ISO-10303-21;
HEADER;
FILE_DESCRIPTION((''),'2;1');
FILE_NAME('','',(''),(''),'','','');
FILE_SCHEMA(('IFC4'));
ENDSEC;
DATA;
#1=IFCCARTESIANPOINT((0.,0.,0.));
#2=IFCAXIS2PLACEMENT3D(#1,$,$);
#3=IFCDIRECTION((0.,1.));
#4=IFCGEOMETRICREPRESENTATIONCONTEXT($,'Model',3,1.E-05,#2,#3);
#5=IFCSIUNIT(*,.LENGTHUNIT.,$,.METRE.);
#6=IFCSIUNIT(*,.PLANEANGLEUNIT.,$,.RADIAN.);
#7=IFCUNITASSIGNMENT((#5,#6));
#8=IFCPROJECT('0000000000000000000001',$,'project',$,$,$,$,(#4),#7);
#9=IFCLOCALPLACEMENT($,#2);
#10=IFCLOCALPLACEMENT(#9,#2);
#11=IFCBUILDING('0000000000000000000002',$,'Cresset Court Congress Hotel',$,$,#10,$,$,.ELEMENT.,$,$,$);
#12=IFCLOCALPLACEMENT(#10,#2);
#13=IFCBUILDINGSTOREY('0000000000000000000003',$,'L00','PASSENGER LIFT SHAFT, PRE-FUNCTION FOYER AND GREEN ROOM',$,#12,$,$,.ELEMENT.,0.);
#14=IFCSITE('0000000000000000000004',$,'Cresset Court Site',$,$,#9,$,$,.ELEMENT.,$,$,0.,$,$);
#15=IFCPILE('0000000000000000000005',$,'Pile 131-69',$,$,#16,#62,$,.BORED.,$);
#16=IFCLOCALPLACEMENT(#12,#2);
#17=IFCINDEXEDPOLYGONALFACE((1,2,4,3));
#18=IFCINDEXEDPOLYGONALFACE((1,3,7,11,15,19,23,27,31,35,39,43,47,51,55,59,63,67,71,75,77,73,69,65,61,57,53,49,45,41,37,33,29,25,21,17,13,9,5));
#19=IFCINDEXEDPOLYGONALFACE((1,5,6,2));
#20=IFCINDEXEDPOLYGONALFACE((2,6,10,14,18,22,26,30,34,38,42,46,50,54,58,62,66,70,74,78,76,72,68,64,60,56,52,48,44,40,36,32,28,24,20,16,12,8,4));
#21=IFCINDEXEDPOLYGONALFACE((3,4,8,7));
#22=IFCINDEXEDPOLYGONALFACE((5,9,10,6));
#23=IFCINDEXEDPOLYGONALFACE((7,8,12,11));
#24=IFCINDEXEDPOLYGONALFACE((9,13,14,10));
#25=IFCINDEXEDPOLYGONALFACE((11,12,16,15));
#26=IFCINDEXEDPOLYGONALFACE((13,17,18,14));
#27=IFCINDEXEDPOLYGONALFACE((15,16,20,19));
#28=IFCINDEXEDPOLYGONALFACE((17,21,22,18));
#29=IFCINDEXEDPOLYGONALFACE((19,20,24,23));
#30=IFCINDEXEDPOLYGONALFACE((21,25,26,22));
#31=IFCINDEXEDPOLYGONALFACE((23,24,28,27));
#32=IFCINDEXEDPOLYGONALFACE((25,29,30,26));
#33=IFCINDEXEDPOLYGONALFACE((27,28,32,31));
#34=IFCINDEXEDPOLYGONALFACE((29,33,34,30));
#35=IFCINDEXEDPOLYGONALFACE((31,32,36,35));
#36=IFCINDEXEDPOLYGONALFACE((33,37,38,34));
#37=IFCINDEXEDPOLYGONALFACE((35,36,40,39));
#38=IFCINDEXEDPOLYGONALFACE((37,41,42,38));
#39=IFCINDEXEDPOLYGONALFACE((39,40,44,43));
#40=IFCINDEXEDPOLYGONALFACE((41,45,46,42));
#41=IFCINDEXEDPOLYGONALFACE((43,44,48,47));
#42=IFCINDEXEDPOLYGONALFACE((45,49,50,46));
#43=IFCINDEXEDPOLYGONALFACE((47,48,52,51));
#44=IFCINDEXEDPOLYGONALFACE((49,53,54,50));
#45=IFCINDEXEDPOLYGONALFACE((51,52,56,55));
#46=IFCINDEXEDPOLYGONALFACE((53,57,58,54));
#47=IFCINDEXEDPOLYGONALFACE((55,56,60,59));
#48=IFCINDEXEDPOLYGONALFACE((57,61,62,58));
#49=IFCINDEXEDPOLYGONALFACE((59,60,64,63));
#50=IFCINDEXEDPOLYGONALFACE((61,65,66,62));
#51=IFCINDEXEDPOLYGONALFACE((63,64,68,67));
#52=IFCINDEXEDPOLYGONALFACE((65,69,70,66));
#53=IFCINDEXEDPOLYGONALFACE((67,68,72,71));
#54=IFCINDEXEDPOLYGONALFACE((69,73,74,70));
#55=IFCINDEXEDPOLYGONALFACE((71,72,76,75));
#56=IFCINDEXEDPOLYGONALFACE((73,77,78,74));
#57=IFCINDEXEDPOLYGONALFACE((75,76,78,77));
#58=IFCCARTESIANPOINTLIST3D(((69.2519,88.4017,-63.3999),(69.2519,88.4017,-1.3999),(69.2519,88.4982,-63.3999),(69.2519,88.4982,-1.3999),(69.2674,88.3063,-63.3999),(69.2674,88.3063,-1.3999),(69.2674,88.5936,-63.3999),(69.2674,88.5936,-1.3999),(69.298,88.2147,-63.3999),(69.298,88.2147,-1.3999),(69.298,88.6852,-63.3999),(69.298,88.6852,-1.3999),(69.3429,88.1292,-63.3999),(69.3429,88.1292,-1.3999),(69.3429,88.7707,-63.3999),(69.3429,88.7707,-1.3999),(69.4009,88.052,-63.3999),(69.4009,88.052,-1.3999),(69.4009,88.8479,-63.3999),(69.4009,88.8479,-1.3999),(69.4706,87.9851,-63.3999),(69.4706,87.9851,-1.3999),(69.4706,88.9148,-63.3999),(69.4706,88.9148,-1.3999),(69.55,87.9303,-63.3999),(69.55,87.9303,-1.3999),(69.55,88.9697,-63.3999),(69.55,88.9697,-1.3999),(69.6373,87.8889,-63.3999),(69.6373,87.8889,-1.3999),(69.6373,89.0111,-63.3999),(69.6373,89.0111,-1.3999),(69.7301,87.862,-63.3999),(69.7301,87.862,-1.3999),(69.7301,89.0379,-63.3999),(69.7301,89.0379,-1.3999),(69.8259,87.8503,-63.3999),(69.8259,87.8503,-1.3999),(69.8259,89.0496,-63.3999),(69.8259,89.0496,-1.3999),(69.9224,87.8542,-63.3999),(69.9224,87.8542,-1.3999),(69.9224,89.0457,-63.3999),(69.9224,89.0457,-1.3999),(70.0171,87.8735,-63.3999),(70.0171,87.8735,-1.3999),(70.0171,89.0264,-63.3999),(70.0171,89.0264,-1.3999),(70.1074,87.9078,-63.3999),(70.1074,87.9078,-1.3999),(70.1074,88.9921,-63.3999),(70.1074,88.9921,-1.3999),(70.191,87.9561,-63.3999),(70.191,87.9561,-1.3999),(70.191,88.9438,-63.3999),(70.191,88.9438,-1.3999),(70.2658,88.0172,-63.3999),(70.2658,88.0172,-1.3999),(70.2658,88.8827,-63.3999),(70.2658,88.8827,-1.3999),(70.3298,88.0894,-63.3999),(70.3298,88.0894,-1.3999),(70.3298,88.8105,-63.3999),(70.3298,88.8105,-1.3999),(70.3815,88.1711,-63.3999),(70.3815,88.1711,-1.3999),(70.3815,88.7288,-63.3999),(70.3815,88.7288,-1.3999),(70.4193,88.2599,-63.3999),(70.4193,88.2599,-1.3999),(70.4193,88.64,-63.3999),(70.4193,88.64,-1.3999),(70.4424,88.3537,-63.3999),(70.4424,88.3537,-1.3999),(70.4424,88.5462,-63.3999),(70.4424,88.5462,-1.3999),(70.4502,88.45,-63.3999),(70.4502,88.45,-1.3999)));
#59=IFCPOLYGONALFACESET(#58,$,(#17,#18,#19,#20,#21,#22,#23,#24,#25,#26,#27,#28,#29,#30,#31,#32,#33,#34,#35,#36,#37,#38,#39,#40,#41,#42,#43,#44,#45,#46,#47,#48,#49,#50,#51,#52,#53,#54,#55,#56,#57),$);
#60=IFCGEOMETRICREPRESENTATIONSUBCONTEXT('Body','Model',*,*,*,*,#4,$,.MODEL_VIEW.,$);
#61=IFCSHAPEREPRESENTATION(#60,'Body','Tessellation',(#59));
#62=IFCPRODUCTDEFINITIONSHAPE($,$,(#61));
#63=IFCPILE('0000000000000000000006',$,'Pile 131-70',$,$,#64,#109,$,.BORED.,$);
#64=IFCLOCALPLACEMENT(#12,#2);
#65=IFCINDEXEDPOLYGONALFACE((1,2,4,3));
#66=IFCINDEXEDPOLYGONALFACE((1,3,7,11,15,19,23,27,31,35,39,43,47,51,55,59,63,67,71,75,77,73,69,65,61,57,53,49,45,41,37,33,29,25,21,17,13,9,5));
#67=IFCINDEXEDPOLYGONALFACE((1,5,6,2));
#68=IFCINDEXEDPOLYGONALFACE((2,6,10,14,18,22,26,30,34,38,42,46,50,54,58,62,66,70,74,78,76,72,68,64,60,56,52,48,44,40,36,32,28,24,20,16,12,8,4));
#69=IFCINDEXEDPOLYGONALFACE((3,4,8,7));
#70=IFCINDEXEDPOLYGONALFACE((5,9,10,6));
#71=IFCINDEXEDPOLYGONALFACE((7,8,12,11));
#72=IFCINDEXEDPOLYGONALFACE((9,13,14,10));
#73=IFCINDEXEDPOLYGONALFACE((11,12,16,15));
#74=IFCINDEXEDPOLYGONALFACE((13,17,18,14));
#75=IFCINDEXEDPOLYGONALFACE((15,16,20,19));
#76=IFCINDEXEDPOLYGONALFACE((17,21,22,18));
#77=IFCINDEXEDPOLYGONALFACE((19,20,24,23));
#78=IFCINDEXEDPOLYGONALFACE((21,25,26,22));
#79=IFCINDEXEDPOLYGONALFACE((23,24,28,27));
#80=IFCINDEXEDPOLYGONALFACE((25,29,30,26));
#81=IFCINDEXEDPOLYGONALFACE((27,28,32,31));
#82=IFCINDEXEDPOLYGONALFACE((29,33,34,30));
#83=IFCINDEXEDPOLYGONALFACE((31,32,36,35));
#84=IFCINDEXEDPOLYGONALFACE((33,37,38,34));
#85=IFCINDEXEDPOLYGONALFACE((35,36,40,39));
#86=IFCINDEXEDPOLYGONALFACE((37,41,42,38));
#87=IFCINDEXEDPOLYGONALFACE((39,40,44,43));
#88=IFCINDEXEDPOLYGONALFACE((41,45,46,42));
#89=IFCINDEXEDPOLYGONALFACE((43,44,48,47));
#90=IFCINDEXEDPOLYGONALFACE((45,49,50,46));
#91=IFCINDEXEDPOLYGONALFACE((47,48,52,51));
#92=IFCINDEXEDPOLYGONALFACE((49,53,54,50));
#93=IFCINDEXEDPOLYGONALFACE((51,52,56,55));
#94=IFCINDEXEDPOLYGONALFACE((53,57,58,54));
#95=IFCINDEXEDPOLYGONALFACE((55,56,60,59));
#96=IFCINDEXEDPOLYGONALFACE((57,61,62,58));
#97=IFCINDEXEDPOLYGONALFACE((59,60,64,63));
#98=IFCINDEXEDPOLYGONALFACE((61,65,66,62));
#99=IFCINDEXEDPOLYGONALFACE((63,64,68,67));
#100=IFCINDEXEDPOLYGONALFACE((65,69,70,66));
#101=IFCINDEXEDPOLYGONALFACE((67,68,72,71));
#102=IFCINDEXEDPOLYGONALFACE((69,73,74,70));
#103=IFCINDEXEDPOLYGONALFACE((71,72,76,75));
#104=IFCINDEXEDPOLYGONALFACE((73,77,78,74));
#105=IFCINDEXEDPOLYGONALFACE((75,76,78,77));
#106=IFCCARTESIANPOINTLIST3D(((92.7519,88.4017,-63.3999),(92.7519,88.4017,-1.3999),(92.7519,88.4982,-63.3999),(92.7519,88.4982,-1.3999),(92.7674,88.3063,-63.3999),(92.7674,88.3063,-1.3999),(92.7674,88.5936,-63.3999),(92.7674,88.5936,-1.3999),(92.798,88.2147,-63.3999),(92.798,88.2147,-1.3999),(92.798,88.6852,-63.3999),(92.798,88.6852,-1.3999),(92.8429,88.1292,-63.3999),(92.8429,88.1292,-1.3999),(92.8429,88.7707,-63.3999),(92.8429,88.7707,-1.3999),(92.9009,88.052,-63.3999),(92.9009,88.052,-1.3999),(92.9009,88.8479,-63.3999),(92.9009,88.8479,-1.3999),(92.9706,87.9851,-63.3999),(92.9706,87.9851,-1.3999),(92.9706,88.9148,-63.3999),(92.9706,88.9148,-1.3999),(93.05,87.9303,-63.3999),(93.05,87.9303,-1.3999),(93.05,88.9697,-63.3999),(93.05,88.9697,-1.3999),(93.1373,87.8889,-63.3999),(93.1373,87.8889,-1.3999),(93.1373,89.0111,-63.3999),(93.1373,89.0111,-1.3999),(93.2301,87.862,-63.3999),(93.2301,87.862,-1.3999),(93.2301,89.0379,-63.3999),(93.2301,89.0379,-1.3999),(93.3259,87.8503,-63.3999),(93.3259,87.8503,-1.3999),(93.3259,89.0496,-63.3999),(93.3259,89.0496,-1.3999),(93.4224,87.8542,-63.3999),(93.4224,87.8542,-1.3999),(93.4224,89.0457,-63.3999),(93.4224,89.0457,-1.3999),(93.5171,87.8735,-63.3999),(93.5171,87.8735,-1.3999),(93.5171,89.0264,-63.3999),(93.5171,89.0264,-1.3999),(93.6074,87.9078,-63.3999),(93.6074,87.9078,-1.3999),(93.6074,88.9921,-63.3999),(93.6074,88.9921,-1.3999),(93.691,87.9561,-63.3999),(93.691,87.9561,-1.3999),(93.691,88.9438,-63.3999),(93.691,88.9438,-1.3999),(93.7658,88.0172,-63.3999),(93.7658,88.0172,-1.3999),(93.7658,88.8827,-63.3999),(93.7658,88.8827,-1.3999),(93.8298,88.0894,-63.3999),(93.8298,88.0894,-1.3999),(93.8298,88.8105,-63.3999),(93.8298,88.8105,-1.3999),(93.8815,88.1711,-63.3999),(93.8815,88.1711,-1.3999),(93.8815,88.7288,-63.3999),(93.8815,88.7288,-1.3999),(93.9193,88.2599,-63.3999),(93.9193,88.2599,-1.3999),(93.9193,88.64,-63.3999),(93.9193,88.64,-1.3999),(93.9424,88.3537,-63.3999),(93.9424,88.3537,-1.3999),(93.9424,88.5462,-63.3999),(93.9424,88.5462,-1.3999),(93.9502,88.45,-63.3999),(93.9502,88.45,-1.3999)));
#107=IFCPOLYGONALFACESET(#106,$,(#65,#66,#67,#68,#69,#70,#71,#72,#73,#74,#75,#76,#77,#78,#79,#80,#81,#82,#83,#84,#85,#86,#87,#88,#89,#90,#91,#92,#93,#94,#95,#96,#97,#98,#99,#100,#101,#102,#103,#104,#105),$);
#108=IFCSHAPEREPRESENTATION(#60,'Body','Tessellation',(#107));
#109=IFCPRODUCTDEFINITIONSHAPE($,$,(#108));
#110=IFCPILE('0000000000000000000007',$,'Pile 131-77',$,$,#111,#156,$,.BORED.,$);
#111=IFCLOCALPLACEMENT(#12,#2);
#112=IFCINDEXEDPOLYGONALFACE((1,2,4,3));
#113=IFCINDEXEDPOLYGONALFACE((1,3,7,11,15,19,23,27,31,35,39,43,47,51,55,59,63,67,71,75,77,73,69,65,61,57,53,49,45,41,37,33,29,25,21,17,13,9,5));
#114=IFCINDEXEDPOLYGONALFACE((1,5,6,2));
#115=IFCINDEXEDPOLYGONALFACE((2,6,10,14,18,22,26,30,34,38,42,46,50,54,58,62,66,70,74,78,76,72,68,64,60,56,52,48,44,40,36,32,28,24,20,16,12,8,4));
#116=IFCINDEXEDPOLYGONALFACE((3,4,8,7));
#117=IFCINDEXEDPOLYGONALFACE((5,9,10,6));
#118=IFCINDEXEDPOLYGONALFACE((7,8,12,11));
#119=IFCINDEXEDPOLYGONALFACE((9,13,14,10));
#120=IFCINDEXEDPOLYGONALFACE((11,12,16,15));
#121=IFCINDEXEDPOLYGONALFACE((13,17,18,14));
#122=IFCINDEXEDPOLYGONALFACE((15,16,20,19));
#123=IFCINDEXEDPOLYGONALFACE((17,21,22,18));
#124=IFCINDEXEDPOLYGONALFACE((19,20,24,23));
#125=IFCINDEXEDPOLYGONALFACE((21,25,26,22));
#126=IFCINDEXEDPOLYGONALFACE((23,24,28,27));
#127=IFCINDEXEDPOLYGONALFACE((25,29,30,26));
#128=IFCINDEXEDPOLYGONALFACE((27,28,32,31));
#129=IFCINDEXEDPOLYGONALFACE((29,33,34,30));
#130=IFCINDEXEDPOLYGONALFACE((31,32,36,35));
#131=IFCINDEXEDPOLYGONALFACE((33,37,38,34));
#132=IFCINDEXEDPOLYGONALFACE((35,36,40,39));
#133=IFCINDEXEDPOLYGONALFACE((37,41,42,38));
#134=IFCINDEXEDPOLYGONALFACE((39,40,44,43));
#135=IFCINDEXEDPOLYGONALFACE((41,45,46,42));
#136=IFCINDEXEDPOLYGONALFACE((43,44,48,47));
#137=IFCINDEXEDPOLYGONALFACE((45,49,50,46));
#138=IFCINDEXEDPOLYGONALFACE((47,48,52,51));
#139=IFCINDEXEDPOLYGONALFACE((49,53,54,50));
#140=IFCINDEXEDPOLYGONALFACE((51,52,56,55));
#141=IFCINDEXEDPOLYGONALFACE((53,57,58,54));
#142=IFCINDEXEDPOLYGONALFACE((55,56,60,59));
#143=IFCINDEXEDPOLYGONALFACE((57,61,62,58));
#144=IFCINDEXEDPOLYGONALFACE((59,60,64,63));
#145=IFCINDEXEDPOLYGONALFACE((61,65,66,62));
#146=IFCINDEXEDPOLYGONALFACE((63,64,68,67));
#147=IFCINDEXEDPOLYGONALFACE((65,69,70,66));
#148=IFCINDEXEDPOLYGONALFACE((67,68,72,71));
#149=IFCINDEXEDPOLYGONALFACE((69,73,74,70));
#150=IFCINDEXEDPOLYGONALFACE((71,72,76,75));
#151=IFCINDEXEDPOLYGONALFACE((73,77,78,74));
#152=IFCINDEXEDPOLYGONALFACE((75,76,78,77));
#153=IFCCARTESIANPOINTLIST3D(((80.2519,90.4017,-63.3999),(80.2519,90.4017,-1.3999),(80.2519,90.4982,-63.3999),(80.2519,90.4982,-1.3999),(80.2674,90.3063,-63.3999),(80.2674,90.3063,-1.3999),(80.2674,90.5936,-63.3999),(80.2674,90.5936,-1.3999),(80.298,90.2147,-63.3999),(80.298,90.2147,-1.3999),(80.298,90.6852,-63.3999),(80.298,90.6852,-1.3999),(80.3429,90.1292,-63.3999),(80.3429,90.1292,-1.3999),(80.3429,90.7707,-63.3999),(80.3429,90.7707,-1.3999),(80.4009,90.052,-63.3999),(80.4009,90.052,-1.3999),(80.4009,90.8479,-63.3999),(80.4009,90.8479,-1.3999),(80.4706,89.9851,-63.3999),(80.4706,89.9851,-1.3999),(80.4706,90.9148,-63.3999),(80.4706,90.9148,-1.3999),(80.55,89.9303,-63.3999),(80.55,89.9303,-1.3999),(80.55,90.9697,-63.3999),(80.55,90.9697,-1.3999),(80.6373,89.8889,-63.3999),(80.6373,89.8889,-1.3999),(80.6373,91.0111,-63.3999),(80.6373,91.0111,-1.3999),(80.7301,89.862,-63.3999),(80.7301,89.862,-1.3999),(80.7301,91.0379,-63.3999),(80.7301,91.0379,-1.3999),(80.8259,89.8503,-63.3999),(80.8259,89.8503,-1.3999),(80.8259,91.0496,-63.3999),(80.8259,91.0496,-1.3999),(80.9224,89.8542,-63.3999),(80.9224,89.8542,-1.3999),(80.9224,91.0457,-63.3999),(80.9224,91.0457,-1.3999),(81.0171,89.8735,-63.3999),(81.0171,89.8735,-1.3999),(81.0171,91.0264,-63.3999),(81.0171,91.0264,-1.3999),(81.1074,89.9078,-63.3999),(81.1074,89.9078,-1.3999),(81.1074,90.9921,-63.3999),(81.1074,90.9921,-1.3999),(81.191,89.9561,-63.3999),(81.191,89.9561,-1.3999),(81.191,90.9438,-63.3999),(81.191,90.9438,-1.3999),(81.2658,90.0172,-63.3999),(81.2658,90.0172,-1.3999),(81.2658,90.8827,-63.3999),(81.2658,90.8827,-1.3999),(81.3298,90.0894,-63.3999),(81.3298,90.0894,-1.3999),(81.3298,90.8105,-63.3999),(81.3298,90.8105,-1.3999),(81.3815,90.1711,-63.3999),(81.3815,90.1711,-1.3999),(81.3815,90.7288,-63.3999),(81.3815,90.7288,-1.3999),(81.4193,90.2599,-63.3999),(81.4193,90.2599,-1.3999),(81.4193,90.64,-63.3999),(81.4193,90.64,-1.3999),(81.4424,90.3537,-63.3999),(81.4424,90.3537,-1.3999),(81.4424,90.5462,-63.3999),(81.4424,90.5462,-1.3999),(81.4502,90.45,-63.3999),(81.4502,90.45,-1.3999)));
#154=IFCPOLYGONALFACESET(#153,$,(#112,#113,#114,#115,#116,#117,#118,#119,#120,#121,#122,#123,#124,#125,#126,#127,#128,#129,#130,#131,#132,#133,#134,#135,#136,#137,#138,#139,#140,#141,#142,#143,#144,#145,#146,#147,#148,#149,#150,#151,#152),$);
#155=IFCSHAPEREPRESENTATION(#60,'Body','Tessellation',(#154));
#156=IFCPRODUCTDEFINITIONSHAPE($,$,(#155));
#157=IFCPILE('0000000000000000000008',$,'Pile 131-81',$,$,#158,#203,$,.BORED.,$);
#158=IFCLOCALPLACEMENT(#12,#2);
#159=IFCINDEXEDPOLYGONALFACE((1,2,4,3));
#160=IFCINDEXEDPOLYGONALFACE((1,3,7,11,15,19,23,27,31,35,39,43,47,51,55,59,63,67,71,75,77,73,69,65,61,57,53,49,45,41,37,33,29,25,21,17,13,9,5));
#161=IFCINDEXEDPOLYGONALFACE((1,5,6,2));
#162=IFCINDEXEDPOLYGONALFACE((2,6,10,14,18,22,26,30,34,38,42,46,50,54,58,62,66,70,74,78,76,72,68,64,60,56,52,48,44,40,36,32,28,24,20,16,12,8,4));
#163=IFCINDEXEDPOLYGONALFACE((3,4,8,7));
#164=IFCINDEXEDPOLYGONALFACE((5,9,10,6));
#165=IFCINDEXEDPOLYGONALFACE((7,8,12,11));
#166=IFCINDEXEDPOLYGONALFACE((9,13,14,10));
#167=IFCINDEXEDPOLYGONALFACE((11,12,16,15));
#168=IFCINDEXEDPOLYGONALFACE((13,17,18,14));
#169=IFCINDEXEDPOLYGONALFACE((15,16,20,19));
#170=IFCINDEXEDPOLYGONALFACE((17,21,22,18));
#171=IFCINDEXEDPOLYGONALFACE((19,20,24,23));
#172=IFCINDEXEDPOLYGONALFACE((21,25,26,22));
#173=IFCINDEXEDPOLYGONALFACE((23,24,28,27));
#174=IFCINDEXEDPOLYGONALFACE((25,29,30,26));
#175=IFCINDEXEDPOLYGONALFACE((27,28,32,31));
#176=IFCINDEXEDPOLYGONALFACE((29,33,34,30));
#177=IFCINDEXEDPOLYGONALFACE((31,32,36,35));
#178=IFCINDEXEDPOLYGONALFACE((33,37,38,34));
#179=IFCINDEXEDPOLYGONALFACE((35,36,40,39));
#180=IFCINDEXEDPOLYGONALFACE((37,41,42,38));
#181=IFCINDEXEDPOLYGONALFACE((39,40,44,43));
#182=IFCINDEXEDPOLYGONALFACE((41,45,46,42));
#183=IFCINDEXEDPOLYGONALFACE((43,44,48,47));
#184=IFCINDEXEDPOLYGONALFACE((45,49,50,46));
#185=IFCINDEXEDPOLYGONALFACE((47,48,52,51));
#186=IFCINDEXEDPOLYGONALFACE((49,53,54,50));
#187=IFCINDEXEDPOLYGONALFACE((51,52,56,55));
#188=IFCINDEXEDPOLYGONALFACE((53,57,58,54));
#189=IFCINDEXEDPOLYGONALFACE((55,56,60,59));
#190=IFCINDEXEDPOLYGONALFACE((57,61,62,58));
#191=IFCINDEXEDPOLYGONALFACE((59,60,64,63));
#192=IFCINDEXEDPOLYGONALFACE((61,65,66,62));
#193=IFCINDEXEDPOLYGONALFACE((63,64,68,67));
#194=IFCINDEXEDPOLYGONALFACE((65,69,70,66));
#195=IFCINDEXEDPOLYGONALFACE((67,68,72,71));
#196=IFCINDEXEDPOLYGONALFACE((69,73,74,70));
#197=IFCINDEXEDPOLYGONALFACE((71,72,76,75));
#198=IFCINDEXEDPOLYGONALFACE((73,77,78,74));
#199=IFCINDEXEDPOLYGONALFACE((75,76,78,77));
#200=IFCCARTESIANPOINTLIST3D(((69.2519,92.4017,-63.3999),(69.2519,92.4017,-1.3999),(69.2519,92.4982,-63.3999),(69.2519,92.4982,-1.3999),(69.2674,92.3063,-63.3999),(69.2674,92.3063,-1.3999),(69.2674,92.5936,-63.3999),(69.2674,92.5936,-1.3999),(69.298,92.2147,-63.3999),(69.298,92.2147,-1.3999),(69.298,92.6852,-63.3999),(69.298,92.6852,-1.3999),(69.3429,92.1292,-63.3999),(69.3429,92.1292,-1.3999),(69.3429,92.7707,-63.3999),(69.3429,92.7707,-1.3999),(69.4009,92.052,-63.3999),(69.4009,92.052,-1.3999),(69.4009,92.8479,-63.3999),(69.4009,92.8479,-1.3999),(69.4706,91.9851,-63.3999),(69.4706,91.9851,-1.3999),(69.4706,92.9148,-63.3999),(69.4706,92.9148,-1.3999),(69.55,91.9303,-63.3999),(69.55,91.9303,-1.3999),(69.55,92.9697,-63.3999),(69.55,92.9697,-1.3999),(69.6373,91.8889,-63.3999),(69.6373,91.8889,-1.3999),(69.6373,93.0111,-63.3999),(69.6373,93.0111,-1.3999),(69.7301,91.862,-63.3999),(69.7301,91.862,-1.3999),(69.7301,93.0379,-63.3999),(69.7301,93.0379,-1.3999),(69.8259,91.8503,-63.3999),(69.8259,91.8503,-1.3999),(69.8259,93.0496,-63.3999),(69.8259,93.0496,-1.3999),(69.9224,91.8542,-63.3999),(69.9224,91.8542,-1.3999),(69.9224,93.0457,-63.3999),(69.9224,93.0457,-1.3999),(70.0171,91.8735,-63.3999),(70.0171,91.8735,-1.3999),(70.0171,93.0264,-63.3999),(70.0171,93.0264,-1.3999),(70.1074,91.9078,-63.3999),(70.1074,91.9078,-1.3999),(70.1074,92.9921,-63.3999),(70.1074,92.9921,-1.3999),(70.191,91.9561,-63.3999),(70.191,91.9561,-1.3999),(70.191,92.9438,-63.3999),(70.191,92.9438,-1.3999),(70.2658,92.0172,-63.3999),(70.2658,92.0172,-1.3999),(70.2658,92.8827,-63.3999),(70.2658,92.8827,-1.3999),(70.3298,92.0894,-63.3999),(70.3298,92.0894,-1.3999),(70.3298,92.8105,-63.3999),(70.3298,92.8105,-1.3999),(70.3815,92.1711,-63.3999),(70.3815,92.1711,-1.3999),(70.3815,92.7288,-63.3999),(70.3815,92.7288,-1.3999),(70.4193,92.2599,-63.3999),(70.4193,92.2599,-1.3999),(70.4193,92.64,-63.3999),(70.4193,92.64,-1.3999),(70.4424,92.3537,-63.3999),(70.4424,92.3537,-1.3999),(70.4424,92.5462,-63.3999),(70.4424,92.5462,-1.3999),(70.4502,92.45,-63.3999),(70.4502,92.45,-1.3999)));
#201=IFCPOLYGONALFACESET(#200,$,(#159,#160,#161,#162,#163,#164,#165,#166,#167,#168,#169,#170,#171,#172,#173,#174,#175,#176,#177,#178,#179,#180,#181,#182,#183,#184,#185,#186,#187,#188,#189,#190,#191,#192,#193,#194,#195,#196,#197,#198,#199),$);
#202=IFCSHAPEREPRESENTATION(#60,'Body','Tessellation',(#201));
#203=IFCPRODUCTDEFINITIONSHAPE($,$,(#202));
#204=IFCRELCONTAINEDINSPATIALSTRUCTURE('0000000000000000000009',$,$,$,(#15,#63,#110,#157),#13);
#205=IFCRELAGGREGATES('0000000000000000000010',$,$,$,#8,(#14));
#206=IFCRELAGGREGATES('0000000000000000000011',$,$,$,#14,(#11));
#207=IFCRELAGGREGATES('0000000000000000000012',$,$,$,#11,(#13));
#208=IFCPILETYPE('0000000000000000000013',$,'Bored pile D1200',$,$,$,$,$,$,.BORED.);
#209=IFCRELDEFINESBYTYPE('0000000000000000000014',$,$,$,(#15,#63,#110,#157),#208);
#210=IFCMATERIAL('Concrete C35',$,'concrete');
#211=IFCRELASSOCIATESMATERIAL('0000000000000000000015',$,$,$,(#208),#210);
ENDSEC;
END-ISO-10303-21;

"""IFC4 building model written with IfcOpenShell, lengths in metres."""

from ifc_helpers import new_model, si_unit, direction, frame, origin, origin_2d, place, context, subcontext, project, spatial, circle, extrude, material, type_object, element, save


model = new_model("IFC4")

# Units and contexts
model_context = context("Model", 3, precision=1e-05, world=origin(), true_north=direction((0.0, 1.0)))
body_context = subcontext(model_context, "Body", "Model", "MODEL_VIEW")
ifc_project = project(units=[si_unit("LENGTHUNIT", "METRE"), si_unit("PLANEANGLEUNIT", "RADIAN")], contexts=[model_context])

# Site, building, storey
site_placement = place(None, origin())
site = spatial("IfcSite", under=ifc_project, at=site_placement, Name="Cresset Court Site", CompositionType="ELEMENT", RefElevation=0.0)
building_placement = place(site_placement, origin())
building = spatial("IfcBuilding", under=site, at=building_placement, Name="Cresset Court Congress Hotel", CompositionType="ELEMENT")
storey_placement = place(building_placement, origin())
storey = spatial("IfcBuildingStorey", under=building, at=storey_placement, Name="L00", Description="PASSENGER LIFT SHAFT, PRE-FUNCTION FOYER AND GREEN ROOM", CompositionType="ELEMENT", Elevation=0.0)

# Piles
ifc_material_1 = material(Name="Concrete C35", Category="concrete")
pile_type = type_object("IfcPileType", Name="Bored pile D1200", PredefinedType="BORED", material=ifc_material_1)
for number, where, z_axis, x_axis, name in (
    (1, (69.8501, 88.45, -1.3999), (0.0, 0.0, -1.0), (1.0, 0.0, 0.0), "Pile 131-69"),
    (2, (93.3501, 88.45, -1.3999), (0.0, 0.0, -1.0), (1.0, 0.0, 0.0), "Pile 131-70"),
    (3, (80.8501, 90.45, -1.3999), (0.0, 0.0, -1.0), (1.0, 0.0, 0.0), "Pile 131-77"),
    (4, (69.8501, 92.45, -1.3999), (0.0, 0.0, -1.0), (1.0, 0.0, 0.0), "Pile 131-81"),
):
    element("IfcPile", number, at=place(storey_placement, frame(where, z_axis=z_axis, x_axis=x_axis)), inside=storey, type_object=pile_type, Name=name, PredefinedType="BORED", context=body_context, shape_type="SweptSolid", body=[
        extrude(circle(Radius=0.6001, at=origin_2d()), origin(), (0.0, 0.0, 1.0), 62.0),
    ])

save(model, "model.ifc")
